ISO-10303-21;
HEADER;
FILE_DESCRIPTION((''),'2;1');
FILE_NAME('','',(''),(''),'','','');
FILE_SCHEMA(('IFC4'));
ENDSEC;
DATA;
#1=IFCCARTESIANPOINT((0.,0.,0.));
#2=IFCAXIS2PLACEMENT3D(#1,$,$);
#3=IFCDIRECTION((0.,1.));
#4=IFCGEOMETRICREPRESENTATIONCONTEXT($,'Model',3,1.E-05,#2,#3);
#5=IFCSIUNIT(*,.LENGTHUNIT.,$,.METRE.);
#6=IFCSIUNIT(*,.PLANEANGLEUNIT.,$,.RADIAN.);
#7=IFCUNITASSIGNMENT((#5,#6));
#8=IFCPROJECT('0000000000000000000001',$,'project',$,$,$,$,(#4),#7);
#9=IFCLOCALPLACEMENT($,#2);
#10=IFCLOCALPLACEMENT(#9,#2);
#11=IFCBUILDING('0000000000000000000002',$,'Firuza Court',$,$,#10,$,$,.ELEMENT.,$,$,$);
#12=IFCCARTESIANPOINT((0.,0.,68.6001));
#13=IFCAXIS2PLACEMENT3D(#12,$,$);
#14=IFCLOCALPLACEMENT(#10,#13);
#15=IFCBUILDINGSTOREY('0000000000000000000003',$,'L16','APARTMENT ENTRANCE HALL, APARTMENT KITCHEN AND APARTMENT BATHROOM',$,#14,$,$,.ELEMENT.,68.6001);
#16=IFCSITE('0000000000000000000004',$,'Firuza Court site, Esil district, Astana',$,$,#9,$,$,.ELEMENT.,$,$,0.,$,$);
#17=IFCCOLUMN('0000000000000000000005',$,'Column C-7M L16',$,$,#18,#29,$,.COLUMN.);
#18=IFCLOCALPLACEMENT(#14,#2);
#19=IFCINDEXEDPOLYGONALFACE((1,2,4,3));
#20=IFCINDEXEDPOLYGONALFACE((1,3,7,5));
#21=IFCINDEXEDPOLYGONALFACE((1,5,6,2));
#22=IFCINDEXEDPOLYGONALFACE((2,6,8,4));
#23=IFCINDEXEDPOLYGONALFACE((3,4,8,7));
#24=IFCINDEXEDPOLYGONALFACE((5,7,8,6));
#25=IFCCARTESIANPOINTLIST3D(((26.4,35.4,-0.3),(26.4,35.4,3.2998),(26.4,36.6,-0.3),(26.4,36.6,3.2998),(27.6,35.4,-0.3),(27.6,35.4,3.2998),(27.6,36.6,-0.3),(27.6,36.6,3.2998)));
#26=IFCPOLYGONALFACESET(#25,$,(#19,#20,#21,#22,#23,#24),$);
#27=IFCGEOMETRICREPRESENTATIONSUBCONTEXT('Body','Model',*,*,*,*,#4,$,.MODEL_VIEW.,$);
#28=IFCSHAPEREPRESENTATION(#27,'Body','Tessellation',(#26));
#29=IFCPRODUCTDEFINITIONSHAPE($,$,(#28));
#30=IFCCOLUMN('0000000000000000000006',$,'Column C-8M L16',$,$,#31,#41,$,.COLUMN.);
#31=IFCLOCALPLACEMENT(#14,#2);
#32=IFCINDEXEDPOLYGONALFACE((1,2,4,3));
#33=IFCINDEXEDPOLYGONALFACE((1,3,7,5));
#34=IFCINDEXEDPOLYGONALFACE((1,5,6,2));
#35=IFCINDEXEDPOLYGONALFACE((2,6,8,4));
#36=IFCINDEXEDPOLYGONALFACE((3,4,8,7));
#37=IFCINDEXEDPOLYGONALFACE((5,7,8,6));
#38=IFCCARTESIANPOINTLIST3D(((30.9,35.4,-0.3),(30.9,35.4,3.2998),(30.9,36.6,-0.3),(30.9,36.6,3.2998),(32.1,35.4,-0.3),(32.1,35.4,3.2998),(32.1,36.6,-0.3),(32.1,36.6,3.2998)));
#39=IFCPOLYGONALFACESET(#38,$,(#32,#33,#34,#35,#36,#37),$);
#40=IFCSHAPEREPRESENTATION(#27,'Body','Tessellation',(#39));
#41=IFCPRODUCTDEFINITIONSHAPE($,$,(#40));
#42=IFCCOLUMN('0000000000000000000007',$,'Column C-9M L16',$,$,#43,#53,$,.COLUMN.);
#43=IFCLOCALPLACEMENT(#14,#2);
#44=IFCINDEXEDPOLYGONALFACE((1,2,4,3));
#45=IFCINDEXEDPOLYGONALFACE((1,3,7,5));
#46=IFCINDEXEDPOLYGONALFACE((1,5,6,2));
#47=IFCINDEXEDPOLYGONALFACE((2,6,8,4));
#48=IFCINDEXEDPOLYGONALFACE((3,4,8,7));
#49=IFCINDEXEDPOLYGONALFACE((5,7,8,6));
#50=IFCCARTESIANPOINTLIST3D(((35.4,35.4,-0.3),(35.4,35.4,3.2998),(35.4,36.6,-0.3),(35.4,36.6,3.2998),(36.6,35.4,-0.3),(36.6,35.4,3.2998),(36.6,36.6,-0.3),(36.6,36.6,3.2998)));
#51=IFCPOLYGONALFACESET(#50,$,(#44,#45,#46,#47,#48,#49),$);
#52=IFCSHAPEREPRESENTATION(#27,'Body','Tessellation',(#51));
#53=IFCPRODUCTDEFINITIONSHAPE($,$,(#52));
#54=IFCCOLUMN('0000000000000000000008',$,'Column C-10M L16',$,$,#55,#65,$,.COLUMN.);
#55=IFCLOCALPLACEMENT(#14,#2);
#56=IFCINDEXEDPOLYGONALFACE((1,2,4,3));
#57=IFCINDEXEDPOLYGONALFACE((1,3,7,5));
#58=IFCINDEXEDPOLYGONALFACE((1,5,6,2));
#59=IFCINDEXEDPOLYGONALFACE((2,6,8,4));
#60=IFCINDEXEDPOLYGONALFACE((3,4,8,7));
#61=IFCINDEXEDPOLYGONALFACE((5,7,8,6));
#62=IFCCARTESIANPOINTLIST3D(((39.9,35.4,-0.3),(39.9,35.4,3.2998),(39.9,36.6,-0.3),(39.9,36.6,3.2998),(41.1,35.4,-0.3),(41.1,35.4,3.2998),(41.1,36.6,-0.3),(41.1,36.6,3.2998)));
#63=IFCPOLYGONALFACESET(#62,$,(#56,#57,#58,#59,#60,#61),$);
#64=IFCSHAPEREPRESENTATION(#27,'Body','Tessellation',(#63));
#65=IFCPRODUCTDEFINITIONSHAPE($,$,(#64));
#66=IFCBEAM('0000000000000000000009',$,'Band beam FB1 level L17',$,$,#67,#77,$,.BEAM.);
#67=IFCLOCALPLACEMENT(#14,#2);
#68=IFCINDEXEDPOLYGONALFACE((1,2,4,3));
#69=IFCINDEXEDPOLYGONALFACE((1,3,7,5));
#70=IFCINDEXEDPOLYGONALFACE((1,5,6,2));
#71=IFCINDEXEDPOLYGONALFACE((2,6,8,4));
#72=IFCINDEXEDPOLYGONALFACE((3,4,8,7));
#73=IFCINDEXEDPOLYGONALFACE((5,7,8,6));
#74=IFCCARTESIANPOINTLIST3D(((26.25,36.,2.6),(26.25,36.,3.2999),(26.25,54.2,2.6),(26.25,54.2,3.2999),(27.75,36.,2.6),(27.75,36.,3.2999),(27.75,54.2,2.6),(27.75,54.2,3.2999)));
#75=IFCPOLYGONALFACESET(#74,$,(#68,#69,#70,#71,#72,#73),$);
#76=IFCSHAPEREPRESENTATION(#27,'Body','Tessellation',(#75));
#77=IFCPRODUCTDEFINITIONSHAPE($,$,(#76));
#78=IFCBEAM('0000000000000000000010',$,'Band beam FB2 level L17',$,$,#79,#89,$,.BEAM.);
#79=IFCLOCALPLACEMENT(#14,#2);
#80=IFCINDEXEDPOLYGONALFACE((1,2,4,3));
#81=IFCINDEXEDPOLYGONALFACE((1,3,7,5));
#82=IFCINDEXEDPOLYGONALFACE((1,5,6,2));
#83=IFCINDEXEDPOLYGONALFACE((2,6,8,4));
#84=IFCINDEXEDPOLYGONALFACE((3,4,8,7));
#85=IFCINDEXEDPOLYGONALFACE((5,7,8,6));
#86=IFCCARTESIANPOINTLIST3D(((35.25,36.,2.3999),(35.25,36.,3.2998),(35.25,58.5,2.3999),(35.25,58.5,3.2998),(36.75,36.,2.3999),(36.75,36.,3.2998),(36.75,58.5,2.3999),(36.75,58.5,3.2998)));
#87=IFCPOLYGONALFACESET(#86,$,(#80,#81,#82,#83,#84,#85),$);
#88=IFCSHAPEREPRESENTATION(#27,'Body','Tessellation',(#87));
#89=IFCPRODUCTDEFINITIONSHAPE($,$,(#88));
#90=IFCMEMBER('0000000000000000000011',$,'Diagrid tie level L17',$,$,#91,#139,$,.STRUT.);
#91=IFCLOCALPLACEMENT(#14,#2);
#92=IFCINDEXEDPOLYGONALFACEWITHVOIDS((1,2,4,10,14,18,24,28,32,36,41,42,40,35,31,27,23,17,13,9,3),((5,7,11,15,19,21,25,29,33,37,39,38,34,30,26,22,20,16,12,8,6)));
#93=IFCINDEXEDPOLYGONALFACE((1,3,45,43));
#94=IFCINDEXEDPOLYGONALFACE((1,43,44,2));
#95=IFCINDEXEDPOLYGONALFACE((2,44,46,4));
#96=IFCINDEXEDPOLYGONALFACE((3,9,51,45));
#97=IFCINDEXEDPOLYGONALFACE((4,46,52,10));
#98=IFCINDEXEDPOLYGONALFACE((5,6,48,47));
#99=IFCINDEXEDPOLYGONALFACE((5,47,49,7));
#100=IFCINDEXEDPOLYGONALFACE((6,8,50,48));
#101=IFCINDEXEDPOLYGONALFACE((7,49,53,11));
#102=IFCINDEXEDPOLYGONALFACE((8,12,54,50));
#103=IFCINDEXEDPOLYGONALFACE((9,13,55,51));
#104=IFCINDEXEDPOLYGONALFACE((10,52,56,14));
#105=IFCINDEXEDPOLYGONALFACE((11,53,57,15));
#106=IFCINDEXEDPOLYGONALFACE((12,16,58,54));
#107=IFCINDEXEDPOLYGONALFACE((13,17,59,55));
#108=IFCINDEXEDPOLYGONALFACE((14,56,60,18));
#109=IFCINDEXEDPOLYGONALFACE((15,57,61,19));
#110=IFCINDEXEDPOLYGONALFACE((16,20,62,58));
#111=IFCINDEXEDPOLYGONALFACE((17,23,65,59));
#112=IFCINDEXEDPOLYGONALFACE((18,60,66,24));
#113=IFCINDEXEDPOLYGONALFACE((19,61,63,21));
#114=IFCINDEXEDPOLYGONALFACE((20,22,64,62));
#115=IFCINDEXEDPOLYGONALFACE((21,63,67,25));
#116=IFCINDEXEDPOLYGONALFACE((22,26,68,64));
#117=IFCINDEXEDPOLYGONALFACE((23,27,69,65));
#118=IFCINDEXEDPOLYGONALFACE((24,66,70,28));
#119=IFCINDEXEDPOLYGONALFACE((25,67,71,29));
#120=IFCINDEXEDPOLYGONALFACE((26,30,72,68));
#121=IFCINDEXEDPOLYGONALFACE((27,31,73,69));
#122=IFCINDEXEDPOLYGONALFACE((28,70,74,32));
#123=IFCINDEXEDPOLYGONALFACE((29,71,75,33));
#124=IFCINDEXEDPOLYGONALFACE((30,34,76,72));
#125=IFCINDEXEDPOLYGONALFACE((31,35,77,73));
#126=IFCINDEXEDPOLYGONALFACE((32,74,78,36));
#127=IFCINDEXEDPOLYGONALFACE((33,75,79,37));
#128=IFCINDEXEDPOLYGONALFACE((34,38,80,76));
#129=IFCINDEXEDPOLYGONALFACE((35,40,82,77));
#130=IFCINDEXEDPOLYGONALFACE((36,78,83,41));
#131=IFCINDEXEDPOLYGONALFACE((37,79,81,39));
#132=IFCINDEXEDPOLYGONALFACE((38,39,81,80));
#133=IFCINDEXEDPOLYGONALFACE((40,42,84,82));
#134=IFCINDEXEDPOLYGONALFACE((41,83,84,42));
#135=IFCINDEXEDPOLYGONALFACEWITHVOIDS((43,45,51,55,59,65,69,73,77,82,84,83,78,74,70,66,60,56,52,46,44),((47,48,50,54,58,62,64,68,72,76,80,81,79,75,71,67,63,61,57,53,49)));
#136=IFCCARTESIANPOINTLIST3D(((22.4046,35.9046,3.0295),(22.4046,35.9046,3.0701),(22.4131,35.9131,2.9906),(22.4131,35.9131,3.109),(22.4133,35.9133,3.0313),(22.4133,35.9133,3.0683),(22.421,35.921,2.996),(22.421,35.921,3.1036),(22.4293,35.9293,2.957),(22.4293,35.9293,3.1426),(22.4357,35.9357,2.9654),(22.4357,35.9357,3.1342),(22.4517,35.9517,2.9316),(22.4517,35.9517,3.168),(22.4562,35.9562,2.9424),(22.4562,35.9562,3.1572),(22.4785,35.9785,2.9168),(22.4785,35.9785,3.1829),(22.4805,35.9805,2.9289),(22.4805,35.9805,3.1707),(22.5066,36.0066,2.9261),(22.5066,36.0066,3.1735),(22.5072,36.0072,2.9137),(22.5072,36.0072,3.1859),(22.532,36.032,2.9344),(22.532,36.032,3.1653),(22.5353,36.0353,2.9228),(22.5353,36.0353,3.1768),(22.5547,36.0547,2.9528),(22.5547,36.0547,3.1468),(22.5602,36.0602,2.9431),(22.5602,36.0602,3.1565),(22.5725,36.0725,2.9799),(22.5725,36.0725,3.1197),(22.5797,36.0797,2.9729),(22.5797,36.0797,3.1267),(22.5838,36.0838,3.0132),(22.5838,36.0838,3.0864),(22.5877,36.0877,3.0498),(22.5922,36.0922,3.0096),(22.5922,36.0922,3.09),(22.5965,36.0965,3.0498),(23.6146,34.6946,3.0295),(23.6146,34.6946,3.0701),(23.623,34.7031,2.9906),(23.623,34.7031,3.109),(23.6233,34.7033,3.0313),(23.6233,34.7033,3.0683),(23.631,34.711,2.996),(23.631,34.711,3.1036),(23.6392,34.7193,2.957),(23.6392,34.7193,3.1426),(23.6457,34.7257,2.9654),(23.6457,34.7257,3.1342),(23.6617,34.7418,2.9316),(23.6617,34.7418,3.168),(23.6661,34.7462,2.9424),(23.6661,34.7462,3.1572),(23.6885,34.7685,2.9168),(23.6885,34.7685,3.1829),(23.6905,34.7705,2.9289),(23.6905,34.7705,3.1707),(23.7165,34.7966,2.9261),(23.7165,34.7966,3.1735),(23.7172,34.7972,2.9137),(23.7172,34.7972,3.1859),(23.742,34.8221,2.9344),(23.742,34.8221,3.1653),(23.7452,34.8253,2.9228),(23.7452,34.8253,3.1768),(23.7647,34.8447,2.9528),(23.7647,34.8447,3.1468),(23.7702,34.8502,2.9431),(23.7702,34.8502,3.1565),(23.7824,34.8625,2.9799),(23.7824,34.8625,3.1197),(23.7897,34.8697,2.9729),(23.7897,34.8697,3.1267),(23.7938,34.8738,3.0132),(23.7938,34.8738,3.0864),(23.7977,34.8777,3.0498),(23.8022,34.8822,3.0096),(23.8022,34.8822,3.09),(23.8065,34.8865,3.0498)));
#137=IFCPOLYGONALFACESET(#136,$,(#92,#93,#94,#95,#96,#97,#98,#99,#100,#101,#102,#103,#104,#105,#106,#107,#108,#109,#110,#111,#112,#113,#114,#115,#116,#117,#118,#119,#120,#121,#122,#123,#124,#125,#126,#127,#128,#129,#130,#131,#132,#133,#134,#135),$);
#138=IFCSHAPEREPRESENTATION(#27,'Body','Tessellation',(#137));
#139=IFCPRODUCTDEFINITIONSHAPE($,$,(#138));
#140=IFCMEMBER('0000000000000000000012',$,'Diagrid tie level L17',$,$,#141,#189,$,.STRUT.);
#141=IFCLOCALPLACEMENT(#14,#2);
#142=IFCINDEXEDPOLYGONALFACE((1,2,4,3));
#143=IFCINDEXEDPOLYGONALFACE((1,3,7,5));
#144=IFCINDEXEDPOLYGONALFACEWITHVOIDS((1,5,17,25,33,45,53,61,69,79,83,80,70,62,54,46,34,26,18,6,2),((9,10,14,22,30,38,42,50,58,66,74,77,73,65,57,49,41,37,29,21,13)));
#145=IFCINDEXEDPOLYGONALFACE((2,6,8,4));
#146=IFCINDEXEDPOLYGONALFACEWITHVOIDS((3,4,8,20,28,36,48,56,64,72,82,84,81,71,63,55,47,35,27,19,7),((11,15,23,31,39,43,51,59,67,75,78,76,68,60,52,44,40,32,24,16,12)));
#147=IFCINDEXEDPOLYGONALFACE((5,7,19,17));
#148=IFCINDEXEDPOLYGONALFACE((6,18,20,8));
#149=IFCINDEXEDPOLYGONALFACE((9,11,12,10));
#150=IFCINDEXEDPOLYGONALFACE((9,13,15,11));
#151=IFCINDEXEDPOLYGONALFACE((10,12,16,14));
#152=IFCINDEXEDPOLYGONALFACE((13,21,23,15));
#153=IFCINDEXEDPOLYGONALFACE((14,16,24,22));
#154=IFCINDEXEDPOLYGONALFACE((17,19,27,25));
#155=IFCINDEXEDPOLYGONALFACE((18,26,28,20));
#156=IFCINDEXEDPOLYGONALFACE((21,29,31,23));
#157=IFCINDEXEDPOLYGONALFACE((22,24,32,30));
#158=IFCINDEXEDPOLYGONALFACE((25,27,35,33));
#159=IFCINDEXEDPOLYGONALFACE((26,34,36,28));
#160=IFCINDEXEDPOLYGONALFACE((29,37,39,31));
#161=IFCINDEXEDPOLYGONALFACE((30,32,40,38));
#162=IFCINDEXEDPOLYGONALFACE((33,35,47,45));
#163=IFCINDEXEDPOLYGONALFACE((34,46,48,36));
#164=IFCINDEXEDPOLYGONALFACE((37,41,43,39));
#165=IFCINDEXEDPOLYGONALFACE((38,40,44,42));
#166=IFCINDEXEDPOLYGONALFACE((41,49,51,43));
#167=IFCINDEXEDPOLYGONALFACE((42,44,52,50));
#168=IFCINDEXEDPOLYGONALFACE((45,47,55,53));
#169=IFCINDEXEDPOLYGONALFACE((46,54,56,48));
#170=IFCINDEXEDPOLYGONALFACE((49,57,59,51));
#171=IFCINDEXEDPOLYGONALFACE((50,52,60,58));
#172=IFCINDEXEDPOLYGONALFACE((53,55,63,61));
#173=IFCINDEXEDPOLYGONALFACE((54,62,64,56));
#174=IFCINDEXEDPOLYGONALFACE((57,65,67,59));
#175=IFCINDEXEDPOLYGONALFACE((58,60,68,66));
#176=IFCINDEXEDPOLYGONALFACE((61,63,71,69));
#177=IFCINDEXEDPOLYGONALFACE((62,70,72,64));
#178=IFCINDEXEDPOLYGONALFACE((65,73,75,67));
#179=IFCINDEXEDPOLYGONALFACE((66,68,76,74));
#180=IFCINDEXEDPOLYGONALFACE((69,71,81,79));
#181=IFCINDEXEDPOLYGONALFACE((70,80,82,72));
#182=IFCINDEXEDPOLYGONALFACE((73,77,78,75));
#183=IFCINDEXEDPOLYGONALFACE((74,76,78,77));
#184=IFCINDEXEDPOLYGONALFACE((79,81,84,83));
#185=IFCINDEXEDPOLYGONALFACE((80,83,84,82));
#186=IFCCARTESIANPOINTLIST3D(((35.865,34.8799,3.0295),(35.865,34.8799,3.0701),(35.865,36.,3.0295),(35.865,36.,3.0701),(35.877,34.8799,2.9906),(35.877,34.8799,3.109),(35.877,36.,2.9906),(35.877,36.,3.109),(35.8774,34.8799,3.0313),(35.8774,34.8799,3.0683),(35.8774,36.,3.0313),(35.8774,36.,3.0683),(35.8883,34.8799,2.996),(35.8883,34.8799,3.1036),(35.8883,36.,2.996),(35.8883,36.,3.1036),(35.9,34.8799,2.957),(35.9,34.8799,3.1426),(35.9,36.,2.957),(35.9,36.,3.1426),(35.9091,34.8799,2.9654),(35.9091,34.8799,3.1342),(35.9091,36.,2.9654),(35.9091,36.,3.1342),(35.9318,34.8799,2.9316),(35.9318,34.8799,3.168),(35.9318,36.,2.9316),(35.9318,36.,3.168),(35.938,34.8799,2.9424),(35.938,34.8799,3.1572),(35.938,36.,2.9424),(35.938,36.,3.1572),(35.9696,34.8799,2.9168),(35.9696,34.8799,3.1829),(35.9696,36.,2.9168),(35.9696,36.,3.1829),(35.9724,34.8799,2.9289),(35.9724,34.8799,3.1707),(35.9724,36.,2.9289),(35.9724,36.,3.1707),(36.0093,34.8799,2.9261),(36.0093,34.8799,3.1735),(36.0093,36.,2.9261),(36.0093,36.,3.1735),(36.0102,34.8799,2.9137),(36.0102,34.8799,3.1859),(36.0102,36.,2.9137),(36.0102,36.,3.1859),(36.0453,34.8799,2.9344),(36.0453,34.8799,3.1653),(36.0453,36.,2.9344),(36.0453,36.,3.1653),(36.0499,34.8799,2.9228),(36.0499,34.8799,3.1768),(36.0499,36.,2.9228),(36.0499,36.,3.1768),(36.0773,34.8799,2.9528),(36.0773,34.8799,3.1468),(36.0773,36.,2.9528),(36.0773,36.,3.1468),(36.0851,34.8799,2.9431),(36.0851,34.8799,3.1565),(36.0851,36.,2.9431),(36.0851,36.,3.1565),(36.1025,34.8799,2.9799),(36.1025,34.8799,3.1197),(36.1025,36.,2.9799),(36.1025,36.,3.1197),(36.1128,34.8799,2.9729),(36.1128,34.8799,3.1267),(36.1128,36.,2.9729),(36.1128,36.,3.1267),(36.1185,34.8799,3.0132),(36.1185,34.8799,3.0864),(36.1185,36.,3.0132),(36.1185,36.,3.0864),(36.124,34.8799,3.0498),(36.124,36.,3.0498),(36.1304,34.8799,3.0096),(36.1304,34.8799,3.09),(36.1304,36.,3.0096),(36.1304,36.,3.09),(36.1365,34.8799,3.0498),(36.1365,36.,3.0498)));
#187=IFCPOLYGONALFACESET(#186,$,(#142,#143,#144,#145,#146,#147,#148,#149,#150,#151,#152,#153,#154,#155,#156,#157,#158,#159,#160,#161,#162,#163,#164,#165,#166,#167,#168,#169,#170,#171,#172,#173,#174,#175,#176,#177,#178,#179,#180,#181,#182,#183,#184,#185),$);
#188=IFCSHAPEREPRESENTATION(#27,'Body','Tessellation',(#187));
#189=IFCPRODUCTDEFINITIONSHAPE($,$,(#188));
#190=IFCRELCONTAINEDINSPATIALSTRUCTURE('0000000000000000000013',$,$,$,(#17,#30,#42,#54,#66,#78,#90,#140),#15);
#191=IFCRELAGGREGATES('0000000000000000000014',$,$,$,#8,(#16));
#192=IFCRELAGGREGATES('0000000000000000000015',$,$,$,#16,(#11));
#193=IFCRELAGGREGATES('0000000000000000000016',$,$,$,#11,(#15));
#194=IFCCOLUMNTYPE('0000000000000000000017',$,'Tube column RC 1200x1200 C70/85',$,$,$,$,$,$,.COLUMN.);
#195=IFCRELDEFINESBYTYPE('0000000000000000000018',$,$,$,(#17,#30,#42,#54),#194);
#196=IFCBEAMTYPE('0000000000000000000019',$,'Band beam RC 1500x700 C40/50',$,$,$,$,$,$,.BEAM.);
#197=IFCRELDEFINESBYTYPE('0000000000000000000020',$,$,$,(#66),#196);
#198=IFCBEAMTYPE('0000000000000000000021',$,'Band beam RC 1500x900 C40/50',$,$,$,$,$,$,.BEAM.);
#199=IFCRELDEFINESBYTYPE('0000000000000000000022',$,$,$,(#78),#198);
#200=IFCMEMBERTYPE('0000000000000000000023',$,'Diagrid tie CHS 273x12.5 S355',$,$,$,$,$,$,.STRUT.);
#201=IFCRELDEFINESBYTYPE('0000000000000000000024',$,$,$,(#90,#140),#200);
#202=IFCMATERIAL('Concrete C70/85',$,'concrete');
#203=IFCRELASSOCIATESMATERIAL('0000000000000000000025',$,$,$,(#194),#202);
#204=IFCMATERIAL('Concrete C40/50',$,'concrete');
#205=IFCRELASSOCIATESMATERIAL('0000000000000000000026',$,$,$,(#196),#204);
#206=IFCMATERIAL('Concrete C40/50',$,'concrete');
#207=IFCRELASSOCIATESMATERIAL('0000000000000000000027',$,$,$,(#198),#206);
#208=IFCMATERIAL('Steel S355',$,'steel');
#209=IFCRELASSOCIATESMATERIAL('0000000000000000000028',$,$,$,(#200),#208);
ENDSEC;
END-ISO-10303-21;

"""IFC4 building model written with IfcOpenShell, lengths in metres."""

from ifc_helpers import new_model, si_unit, direction, frame, origin, origin_2d, place, context, subcontext, project, spatial, rectangle, hollow_circle, extrude, material, material_profile, profile_set, type_object, element, save


model = new_model("IFC4")

# Units and contexts
model_context = context("Model", 3, precision=1e-05, world=origin(), true_north=direction((0.0, 1.0)))
body_context = subcontext(model_context, "Body", "Model", "MODEL_VIEW")
ifc_project = project(units=[si_unit("LENGTHUNIT", "METRE"), si_unit("PLANEANGLEUNIT", "RADIAN")], contexts=[model_context])

# Site, building, storey
site_placement = place(None, origin())
site = spatial("IfcSite", under=ifc_project, at=site_placement, Name="Firuza Court site, Esil district, Astana", CompositionType="ELEMENT", RefElevation=0.0)
building_placement = place(site_placement, origin())
building = spatial("IfcBuilding", under=site, at=building_placement, Name="Firuza Court", CompositionType="ELEMENT")
storey_placement = place(building_placement, frame((0.0, 0.0, 68.6001)))
storey = spatial("IfcBuildingStorey", under=building, at=storey_placement, Name="L16", Description="APARTMENT ENTRANCE HALL, APARTMENT KITCHEN AND APARTMENT BATHROOM", CompositionType="ELEMENT", Elevation=68.6001)

# Columns
ifc_material_1 = material(Name="Concrete C70/85", Category="concrete")
ifc_material_profile_1 = material_profile(ifc_material_1, rectangle(XDim=1.2, YDim=1.2, at=origin_2d()), Name="RC 1200x1200")
ifc_profile_set_1 = profile_set([ifc_material_profile_1], Name="Concrete C70/85")
column_type = type_object("IfcColumnType", Name="Tube column RC 1200x1200 C70/85", PredefinedType="COLUMN", material=ifc_profile_set_1)
for number, where, z_axis, x_axis, name in (
    (1, (27.0, 36.0, -0.3), (0.0, 0.0, 1.0), (1.0, 0.0, 0.0), "Column C-7M L16"),
    (2, (31.5, 36.0, -0.3), (0.0, 0.0, 1.0), (1.0, 0.0, 0.0), "Column C-8M L16"),
    (3, (36.0, 36.0, -0.3), (0.0, 0.0, 1.0), (1.0, 0.0, 0.0), "Column C-9M L16"),
    (4, (40.5, 36.0, -0.3), (0.0, 0.0, 1.0), (1.0, 0.0, 0.0), "Column C-10M L16"),
):
    element("IfcColumn", number, at=place(storey_placement, frame(where, z_axis=z_axis, x_axis=x_axis)), inside=storey, type_object=column_type, Name=name, PredefinedType="COLUMN", context=body_context, shape_type="SweptSolid", body=[
        extrude(rectangle(XDim=1.2, YDim=1.2, at=origin_2d()), origin(), (0.0, 0.0, 1.0), 3.5999),
    ])

# Beams
ifc_material_2 = material(Name="Concrete C40/50", Category="concrete")
ifc_material_profile_2 = material_profile(ifc_material_2, rectangle(XDim=1.5, YDim=0.7, at=origin_2d()), Name="RC 1500x700")
ifc_profile_set_2 = profile_set([ifc_material_profile_2], Name="Concrete C40/50")
beam_type_1 = type_object("IfcBeamType", Name="Band beam RC 1500x700 C40/50", PredefinedType="BEAM", material=ifc_profile_set_2)
beam_1_placement = place(storey_placement, frame((27.0, 36.0, 2.95), z_axis=(0.0, 1.0, 0.0), x_axis=(-1.0, 0.0, 0.0)))
element("IfcBeam", 5, at=beam_1_placement, inside=storey, type_object=beam_type_1, Name="Band beam FB1 level L17", PredefinedType="BEAM", context=body_context, shape_type="SweptSolid", body=[
    extrude(rectangle(XDim=1.5, YDim=0.7, at=origin_2d()), origin(), (0.0, 0.0, 1.0), 18.2),
])
ifc_material_3 = material(Name="Concrete C40/50", Category="concrete")
ifc_material_profile_3 = material_profile(ifc_material_3, rectangle(XDim=1.5, YDim=0.8999, at=origin_2d()), Name="RC 1500x900")
ifc_profile_set_3 = profile_set([ifc_material_profile_3], Name="Concrete C40/50")
beam_type_2 = type_object("IfcBeamType", Name="Band beam RC 1500x900 C40/50", PredefinedType="BEAM", material=ifc_profile_set_3)
beam_2_placement = place(storey_placement, frame((36.0, 36.0, 2.8499), z_axis=(0.0, 1.0, 0.0), x_axis=(-1.0, 0.0, 0.0)))
element("IfcBeam", 6, at=beam_2_placement, inside=storey, type_object=beam_type_2, Name="Band beam FB2 level L17", PredefinedType="BEAM", context=body_context, shape_type="SweptSolid", body=[
    extrude(rectangle(XDim=1.5, YDim=0.8999, at=origin_2d()), origin(), (0.0, 0.0, 1.0), 22.5),
])

# Members
ifc_material_4 = material(Name="Steel S355", Category="steel")
ifc_material_profile_4 = material_profile(ifc_material_4, hollow_circle(Radius=0.1365, WallThickness=0.0125, at=origin_2d()), Name="CHS 273x12.5")
ifc_profile_set_4 = profile_set([ifc_material_profile_4], Name="Steel S355")
member_type = type_object("IfcMemberType", Name="Diagrid tie CHS 273x12.5 S355", PredefinedType="STRUT", material=ifc_profile_set_4)
member_1_placement = place(storey_placement, frame((22.5, 36.0, 3.0498), z_axis=(0.707107, -0.707107, 0.0), x_axis=(0.707107, 0.707107, 0.0)))
element("IfcMember", 7, at=member_1_placement, inside=storey, type_object=member_type, Name="Diagrid tie level L17", PredefinedType="STRUT", context=body_context, shape_type="SweptSolid", body=[
    extrude(hollow_circle(Radius=0.1365, WallThickness=0.0125, at=origin_2d()), origin(), (0.0, 0.0, 1.0), 1.7112),
])
member_2_placement = place(storey_placement, frame((36.0, 36.0, 3.0498), z_axis=(0.0, -1.0, 0.0), x_axis=(1.0, 0.0, 0.0)))
element("IfcMember", 8, at=member_2_placement, inside=storey, type_object=member_type, Name="Diagrid tie level L17", PredefinedType="STRUT", context=body_context, shape_type="SweptSolid", body=[
    extrude(hollow_circle(Radius=0.1365, WallThickness=0.0125, at=origin_2d()), origin(), (0.0, 0.0, 1.0), 1.1201),
])

save(model, "model.ifc")
